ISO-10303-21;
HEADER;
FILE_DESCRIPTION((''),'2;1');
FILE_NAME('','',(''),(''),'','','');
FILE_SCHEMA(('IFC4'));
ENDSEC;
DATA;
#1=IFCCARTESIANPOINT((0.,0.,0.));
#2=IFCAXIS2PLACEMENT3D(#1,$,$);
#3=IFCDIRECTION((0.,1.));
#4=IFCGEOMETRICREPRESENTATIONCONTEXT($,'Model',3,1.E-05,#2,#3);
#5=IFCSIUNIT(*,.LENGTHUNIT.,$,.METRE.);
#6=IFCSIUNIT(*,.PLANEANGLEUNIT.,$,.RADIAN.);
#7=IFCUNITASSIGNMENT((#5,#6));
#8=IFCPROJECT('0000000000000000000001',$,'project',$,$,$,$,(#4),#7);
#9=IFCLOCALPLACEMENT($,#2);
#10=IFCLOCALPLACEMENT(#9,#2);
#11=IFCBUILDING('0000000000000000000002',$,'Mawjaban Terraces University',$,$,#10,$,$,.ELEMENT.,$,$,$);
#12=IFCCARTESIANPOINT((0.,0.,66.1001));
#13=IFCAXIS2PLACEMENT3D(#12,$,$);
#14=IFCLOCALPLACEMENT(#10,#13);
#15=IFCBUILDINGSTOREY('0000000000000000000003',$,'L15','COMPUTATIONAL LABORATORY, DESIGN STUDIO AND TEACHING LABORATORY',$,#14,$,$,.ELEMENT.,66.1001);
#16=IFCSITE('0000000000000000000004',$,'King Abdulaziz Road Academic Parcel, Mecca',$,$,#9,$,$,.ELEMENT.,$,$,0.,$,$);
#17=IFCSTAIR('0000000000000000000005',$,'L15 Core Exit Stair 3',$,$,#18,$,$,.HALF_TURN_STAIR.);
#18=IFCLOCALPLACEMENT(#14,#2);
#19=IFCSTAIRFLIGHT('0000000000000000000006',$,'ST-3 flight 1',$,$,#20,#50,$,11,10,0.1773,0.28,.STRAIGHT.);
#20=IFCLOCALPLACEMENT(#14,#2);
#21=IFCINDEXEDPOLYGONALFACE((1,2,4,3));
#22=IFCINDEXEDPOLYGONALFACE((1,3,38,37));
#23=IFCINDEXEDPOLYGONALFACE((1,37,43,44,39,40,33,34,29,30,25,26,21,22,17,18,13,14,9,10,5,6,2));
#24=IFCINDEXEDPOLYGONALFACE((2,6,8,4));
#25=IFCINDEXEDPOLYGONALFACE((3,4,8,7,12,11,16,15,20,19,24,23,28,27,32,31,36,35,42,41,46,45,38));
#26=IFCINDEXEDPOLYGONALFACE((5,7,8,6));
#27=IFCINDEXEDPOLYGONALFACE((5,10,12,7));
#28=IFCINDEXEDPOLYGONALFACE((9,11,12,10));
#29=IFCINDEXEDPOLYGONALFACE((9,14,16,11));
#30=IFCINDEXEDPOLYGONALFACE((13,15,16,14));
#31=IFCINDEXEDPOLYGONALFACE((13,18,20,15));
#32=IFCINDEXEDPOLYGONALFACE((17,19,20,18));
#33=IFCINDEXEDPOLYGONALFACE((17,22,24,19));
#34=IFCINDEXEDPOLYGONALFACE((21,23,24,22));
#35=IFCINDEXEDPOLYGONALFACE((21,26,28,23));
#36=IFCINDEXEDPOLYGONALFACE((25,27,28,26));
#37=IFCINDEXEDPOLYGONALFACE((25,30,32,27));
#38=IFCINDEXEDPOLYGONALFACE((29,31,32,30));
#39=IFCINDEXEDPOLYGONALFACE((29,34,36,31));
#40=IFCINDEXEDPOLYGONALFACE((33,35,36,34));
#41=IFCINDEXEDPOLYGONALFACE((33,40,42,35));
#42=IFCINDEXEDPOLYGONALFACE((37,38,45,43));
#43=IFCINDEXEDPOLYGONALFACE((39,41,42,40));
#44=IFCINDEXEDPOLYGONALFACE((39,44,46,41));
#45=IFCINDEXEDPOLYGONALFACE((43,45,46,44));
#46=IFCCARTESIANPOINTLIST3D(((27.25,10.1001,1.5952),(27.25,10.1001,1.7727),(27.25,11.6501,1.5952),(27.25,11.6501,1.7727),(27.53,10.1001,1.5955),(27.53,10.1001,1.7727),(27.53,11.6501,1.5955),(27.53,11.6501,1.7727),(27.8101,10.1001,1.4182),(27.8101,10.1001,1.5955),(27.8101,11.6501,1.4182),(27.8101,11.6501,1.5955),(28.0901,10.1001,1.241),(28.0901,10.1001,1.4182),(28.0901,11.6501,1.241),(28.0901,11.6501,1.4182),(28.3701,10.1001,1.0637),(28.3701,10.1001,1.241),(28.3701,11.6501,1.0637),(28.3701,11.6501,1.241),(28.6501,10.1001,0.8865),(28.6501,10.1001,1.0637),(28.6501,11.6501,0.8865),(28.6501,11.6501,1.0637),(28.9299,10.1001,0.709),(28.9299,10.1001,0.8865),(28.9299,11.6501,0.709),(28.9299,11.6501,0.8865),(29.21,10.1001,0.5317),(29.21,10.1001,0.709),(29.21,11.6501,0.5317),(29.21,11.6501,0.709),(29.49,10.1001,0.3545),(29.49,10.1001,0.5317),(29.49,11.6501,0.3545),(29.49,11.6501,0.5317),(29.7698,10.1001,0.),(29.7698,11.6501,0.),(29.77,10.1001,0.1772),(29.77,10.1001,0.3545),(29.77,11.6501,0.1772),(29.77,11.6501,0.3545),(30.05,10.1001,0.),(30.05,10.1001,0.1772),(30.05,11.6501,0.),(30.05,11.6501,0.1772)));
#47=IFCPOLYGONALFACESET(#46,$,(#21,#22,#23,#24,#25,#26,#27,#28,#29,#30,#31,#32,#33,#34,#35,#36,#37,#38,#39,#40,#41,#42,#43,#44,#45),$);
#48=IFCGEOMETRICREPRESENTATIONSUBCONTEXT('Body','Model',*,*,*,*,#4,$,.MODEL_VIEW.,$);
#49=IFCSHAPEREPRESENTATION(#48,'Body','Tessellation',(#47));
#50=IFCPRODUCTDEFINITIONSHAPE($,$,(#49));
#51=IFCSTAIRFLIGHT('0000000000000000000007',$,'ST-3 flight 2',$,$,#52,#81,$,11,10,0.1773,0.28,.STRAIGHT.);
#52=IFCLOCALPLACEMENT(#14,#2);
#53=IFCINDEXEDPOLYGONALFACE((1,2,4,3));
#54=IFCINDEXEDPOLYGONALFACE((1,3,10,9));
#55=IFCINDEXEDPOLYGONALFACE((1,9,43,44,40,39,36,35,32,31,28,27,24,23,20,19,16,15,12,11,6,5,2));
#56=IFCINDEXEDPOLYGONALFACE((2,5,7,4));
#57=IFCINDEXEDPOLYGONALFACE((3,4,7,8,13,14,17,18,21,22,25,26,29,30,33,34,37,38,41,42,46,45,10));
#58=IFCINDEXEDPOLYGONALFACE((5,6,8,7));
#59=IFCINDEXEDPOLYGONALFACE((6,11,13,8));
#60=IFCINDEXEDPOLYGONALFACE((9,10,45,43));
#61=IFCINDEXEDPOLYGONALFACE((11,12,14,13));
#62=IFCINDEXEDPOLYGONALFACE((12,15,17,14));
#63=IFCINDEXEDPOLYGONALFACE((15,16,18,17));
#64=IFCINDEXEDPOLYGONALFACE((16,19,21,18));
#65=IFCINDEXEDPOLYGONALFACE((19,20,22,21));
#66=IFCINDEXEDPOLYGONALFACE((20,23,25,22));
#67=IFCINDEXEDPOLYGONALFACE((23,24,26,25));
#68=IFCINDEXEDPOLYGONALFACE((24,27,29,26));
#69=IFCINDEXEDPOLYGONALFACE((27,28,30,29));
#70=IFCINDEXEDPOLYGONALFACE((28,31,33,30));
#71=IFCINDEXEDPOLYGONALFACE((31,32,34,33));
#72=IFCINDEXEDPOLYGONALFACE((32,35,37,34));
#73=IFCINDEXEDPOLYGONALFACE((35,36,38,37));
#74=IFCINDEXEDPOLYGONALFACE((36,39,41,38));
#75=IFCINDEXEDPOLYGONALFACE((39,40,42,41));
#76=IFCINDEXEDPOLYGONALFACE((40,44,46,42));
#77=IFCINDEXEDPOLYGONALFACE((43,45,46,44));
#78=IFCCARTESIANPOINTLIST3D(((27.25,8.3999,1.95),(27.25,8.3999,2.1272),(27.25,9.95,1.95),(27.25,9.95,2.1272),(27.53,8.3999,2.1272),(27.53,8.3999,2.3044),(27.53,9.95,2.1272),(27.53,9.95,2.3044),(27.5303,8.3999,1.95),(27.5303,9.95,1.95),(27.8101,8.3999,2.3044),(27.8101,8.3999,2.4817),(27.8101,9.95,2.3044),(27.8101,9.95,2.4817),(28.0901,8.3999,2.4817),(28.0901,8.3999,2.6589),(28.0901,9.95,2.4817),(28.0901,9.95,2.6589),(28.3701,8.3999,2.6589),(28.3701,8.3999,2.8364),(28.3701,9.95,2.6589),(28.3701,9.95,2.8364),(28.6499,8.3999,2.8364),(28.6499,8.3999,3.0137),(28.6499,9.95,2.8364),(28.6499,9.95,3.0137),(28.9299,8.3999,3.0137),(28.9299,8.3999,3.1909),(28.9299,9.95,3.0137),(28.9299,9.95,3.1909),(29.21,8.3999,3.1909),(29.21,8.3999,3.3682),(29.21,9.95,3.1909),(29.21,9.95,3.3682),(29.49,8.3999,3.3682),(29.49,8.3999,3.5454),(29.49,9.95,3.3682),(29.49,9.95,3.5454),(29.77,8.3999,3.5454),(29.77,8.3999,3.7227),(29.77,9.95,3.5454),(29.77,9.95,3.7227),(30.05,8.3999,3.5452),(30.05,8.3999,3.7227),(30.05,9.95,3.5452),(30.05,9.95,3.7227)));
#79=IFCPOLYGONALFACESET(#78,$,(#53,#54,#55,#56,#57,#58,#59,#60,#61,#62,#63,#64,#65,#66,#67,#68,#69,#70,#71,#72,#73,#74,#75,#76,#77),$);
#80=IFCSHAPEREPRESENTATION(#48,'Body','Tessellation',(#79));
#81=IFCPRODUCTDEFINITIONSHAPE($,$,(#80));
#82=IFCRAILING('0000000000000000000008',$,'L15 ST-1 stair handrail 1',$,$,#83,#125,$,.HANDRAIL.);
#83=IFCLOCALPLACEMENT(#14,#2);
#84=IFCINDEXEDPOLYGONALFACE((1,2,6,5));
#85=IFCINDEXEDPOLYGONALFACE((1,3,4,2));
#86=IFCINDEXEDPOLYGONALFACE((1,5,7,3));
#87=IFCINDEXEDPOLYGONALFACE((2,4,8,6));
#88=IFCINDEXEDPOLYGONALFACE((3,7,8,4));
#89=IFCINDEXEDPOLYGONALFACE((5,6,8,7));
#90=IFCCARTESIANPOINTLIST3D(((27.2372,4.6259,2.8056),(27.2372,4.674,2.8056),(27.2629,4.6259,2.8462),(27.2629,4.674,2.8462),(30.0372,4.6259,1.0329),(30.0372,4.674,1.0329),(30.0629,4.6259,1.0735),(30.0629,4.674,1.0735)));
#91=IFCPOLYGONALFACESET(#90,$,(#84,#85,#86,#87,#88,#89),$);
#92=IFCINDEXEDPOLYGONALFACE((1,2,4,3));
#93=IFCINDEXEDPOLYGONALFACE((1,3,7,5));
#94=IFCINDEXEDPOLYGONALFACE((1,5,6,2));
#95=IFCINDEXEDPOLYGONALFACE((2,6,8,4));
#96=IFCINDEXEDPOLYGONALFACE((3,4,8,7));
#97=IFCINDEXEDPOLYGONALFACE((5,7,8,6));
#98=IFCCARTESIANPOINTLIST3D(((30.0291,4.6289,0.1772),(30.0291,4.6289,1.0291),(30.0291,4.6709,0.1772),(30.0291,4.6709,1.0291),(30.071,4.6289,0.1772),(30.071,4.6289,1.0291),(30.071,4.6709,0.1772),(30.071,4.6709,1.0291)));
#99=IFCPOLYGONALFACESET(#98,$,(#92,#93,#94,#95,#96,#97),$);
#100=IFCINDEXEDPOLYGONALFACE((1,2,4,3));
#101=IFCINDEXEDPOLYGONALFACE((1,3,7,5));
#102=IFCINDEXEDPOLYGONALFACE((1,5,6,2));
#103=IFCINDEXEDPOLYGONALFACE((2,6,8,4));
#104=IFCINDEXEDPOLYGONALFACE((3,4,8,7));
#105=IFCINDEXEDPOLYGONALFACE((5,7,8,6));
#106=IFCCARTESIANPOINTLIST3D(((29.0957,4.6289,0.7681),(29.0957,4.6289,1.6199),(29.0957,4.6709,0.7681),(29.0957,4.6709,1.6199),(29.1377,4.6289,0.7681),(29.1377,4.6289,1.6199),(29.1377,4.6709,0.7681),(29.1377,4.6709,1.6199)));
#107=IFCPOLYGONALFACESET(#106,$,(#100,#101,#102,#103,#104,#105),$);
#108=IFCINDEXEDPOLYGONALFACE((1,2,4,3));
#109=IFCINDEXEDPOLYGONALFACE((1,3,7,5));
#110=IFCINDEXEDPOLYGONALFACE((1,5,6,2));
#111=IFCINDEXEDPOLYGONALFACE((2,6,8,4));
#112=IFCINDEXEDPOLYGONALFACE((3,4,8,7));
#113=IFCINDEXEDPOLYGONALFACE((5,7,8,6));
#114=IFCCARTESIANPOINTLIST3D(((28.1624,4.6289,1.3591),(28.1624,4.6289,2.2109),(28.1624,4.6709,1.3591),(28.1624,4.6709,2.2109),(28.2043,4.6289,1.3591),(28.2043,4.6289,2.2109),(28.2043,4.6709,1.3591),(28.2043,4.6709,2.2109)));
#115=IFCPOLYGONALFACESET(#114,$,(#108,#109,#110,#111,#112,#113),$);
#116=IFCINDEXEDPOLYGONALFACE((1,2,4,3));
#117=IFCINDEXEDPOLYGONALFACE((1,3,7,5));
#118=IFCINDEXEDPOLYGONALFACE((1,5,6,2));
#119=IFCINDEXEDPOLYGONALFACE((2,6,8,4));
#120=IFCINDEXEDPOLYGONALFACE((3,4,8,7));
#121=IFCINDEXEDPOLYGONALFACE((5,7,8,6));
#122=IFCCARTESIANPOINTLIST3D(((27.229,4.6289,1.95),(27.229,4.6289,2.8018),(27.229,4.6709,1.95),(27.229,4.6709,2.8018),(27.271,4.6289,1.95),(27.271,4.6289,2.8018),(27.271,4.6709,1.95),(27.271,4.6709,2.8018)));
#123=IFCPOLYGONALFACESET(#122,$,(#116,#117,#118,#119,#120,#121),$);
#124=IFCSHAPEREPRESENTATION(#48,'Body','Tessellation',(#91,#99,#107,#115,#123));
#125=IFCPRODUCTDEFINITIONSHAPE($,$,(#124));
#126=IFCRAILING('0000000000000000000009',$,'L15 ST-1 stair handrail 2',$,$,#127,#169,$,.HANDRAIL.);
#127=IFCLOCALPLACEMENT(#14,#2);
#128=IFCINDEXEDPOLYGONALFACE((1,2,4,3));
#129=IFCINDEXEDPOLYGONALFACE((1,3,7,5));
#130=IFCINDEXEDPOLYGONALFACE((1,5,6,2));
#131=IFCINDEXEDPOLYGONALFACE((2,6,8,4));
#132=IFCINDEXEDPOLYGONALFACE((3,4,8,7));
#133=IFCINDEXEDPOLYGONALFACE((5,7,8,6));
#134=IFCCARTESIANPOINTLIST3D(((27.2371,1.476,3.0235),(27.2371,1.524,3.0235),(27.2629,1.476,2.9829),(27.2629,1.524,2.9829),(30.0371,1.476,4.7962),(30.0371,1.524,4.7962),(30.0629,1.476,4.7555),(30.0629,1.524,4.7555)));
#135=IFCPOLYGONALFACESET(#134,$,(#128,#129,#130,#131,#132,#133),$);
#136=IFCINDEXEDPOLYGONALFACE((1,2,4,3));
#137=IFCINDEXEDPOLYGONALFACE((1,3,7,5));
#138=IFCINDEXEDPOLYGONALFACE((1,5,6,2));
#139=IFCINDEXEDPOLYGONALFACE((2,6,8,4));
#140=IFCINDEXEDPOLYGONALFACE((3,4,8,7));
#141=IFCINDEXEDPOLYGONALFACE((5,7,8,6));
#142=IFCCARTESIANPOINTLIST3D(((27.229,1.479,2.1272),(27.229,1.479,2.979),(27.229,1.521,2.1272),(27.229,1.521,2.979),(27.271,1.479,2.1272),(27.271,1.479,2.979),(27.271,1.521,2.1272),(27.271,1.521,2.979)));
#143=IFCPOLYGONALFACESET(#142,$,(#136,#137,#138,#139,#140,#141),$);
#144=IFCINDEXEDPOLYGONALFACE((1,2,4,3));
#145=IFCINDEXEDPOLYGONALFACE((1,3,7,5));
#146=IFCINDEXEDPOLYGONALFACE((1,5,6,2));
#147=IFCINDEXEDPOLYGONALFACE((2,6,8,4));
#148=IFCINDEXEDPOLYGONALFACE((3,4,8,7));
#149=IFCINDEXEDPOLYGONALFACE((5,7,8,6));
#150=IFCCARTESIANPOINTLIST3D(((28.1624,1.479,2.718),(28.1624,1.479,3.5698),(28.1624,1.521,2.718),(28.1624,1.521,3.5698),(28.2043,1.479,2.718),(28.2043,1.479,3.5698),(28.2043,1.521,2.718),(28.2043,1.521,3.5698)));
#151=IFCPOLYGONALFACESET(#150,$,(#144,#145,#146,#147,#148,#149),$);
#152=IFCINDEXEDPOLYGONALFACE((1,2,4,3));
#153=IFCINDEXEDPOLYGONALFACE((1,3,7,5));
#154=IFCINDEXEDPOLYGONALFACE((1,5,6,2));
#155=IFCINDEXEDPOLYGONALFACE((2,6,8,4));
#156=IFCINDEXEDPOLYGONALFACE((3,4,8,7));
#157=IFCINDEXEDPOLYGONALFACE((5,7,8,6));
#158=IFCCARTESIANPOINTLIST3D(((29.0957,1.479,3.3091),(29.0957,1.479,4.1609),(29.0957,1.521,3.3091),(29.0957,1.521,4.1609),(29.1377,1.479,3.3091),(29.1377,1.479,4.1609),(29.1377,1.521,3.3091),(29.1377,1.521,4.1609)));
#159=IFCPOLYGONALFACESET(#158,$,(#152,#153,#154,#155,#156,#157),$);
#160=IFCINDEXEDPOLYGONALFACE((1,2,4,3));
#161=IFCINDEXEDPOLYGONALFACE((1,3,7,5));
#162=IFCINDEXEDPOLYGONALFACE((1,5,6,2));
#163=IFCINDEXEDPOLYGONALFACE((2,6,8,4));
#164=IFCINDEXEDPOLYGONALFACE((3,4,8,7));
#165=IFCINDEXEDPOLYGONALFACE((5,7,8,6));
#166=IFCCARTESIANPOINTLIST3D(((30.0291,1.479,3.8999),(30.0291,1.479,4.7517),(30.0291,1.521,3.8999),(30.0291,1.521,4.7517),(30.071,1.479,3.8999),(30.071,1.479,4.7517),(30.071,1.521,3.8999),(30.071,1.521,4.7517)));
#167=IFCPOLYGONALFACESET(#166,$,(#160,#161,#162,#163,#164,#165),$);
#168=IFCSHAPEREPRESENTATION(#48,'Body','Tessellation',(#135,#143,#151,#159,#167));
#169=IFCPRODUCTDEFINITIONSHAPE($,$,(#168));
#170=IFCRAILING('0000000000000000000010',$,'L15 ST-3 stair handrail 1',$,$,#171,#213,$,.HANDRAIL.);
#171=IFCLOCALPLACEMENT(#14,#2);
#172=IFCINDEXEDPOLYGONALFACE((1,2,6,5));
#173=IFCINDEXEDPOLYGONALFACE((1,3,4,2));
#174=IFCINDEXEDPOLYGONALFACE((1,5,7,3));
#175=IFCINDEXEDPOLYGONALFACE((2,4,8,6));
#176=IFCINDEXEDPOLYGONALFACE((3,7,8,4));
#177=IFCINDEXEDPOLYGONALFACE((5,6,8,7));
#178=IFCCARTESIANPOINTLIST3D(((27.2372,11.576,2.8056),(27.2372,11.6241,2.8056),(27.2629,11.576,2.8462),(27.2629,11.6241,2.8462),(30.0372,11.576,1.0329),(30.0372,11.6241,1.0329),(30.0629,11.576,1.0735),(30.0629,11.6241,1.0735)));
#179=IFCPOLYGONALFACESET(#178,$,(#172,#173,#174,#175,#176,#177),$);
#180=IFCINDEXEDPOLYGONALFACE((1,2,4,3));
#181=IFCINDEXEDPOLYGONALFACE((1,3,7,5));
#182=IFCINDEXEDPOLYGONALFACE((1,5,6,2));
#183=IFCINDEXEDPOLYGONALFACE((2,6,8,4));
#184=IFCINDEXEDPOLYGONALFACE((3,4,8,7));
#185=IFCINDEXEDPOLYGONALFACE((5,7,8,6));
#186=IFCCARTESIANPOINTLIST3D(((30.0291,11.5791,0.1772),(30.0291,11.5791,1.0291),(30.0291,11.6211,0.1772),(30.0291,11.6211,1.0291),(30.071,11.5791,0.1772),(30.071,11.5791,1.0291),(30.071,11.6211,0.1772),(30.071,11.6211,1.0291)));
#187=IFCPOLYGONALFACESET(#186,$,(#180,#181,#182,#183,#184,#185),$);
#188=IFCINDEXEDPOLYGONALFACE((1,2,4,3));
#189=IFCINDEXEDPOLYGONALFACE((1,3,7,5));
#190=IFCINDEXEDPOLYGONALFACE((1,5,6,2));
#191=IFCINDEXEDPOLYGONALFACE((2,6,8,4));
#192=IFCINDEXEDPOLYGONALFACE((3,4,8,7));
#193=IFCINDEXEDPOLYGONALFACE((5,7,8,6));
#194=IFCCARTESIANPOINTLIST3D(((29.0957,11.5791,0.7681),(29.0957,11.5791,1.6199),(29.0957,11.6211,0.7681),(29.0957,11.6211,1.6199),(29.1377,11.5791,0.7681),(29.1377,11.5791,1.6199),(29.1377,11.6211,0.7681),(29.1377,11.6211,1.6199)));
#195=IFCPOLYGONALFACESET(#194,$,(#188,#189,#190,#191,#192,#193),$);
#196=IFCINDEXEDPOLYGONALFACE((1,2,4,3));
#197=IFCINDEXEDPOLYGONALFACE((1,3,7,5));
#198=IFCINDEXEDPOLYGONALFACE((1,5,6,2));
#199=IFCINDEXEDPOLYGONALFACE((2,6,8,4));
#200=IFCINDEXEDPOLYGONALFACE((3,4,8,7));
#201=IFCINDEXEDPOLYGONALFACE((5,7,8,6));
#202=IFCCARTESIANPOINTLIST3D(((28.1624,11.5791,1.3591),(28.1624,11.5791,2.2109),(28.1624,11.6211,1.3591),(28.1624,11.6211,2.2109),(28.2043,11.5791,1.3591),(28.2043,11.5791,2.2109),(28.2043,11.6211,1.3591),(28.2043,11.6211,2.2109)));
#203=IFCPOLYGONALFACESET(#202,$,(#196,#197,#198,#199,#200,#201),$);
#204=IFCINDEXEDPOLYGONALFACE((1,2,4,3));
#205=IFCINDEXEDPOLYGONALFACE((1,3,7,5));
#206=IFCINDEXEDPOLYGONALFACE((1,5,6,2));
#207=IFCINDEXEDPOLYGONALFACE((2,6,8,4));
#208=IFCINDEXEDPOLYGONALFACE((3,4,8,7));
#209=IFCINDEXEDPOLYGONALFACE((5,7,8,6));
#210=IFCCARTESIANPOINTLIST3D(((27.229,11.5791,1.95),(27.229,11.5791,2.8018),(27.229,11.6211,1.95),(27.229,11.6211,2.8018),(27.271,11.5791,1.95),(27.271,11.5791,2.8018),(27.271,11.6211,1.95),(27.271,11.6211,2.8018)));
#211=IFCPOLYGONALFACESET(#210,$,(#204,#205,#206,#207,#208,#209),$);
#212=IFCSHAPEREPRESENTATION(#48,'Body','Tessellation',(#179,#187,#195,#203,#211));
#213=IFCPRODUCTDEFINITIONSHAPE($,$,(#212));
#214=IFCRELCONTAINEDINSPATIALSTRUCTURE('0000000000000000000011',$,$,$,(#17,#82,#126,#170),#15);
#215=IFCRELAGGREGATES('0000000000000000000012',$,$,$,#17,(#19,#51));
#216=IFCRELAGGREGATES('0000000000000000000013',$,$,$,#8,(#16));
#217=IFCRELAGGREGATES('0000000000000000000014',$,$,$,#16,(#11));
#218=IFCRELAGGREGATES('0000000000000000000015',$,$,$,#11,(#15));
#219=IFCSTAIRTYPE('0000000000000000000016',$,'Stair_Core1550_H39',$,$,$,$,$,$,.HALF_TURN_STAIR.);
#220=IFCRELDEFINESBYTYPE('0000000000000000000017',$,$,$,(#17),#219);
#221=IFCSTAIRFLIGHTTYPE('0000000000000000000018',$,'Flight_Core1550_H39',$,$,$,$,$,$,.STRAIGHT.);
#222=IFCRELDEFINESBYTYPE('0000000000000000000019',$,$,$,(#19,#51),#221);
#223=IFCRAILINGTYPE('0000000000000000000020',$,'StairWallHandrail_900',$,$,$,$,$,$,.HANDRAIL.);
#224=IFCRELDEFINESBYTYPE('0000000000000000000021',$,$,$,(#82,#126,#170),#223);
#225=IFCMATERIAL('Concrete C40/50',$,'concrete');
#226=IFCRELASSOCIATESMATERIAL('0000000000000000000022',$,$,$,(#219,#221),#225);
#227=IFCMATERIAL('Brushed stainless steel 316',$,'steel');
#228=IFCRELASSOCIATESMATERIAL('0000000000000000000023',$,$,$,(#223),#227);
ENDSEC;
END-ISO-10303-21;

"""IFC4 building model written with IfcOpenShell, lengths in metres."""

from ifc_helpers import new_model, si_unit, direction, frame, origin, origin_2d, place, context, subcontext, project, spatial, polyline, rectangle, outline, extrude, material, type_object, element, aggregate, save


model = new_model("IFC4")

# Units and contexts
model_context = context("Model", 3, precision=1e-05, world=origin(), true_north=direction((0.0, 1.0)))
body_context = subcontext(model_context, "Body", "Model", "MODEL_VIEW")
ifc_project = project(units=[si_unit("LENGTHUNIT", "METRE"), si_unit("PLANEANGLEUNIT", "RADIAN")], contexts=[model_context])

# Site, building, storey
site_placement = place(None, origin())
site = spatial("IfcSite", under=ifc_project, at=site_placement, Name="King Abdulaziz Road Academic Parcel, Mecca", CompositionType="ELEMENT", RefElevation=0.0)
building_placement = place(site_placement, origin())
building = spatial("IfcBuilding", under=site, at=building_placement, Name="Mawjaban Terraces University", CompositionType="ELEMENT")
storey_placement = place(building_placement, frame((0.0, 0.0, 66.1001)))
storey = spatial("IfcBuildingStorey", under=building, at=storey_placement, Name="L15", Description="COMPUTATIONAL LABORATORY, DESIGN STUDIO AND TEACHING LABORATORY", CompositionType="ELEMENT", Elevation=66.1001)

# Stair, stair flights
ifc_material_1 = material(Name="Concrete C40/50", Category="concrete")
stair_type = type_object("IfcStairType", Name="Stair_Core1550_H39", PredefinedType="HALF_TURN_STAIR", material=ifc_material_1)
stair_flight_type = type_object("IfcStairFlightType", Name="Flight_Core1550_H39", PredefinedType="STRAIGHT", material=ifc_material_1)
stair_1_placement = place(storey_placement, origin())
stair_1 = element("IfcStair", 1, at=stair_1_placement, inside=storey, type_object=stair_type, Name="L15 Core Exit Stair 3", PredefinedType="HALF_TURN_STAIR")
stair_flight_1_placement = place(storey_placement, frame((30.05, 10.875, 0.0), z_axis=(0.0, 0.0, 1.0), x_axis=(-1.0, 0.0, 0.0)))
stair_flight_1 = element("IfcStairFlight", 2, at=stair_flight_1_placement, type_object=stair_flight_type, Name="ST-3 flight 1", NumberOfRisers=11, NumberOfTreads=10, PredefinedType="STRAIGHT", RiserHeight=0.1773, TreadLength=0.28, context=body_context, shape_type="SweptSolid", body=[
    extrude(outline(polyline([(0.0, 0.0), (0.0, 0.1772), (0.28, 0.1772), (0.28, 0.3545), (0.5601, 0.3545), (0.5601, 0.5317), (0.8401, 0.5317), (0.8401, 0.709), (1.1201, 0.709), (1.1201, 0.8865), (1.3999, 0.8865), (1.3999, 1.0637), (1.6799, 1.0637), (1.6799, 1.241), (1.96, 1.241), (1.96, 1.4182), (2.24, 1.4182), (2.24, 1.5955), (2.52, 1.5955), (2.52, 1.7727), (2.8, 1.7727), (2.8, 1.95), (2.8, 1.5952), (0.2803, 0.0), (0.0, 0.0)])), frame((0.0, 0.7749, 0.0), z_axis=(0.0, -1.0, 0.0), x_axis=(1.0, 0.0, 0.0)), (0.0, 0.0, 1.0), 1.55),
])
stair_flight_2_placement = place(storey_placement, frame((27.25, 9.175, 1.95), z_axis=(0.0, 0.0, 1.0), x_axis=(1.0, 0.0, 0.0)))
stair_flight_2 = element("IfcStairFlight", 3, at=stair_flight_2_placement, type_object=stair_flight_type, Name="ST-3 flight 2", NumberOfRisers=11, NumberOfTreads=10, PredefinedType="STRAIGHT", RiserHeight=0.1773, TreadLength=0.28, context=body_context, shape_type="SweptSolid", body=[
    extrude(outline(polyline([(0.0, 0.0), (0.0, 0.1772), (0.28, 0.1772), (0.28, 0.3545), (0.5601, 0.3545), (0.5601, 0.5317), (0.8401, 0.5317), (0.8401, 0.709), (1.1201, 0.709), (1.1201, 0.8865), (1.3999, 0.8865), (1.3999, 1.0637), (1.6799, 1.0637), (1.6799, 1.241), (1.96, 1.241), (1.96, 1.4182), (2.24, 1.4182), (2.24, 1.5955), (2.52, 1.5955), (2.52, 1.7727), (2.8, 1.7727), (2.8, 1.95), (2.8, 1.5952), (0.2803, 0.0), (0.0, 0.0)])), frame((0.0, 0.7749, 0.0), z_axis=(0.0, -1.0, 0.0), x_axis=(1.0, 0.0, 0.0)), (0.0, 0.0, 1.0), 1.55),
])
aggregate(stair_1, [stair_flight_1, stair_flight_2])

# Railings
ifc_material_2 = material(Name="Brushed stainless steel 316", Category="steel")
railing_type_1 = type_object("IfcRailingType", Name="StairWallHandrail_900", PredefinedType="HANDRAIL", material=ifc_material_2)
railing_1_placement = place(storey_placement, frame((30.05, 4.6499, 0.1772)))
element("IfcRailing", 4, at=railing_1_placement, inside=storey, type_object=railing_type_1, Name="L15 ST-1 stair handrail 1", PredefinedType="HANDRAIL", context=body_context, shape_type="SweptSolid", body=[
    extrude(rectangle(XDim=0.0481, YDim=0.0481, at=origin_2d()), frame((0.0, 0.0, 0.876), z_axis=(-0.844909, 0.0, 0.53491), x_axis=(0.0, -1.0, 0.0)), (0.0, 0.0, 1.0), 3.314),
    extrude(rectangle(XDim=0.042, YDim=0.042, at=origin_2d()), origin(), (0.0, 0.0, 1.0), 0.8518),
    extrude(rectangle(XDim=0.042, YDim=0.042, at=origin_2d()), frame((-0.9333, 0.0, 0.5908)), (0.0, 0.0, 1.0), 0.8518),
    extrude(rectangle(XDim=0.042, YDim=0.042, at=origin_2d()), frame((-1.8667, 0.0, 1.1819)), (0.0, 0.0, 1.0), 0.8518),
    extrude(rectangle(XDim=0.042, YDim=0.042, at=origin_2d()), frame((-2.8, 0.0, 1.7727)), (0.0, 0.0, 1.0), 0.8518),
])
railing_2_placement = place(storey_placement, frame((27.25, 1.5, 2.1272)))
element("IfcRailing", 5, at=railing_2_placement, inside=storey, type_object=railing_type_1, Name="L15 ST-1 stair handrail 2", PredefinedType="HANDRAIL", context=body_context, shape_type="SweptSolid", body=[
    extrude(rectangle(XDim=0.0481, YDim=0.0481, at=origin_2d()), frame((0.0, 0.0, 0.876), z_axis=(0.844909, 0.0, 0.53491), x_axis=(0.0, 1.0, 0.0)), (0.0, 0.0, 1.0), 3.314),
    extrude(rectangle(XDim=0.042, YDim=0.042, at=origin_2d()), origin(), (0.0, 0.0, 1.0), 0.8518),
    extrude(rectangle(XDim=0.042, YDim=0.042, at=origin_2d()), frame((0.9333, 0.0, 0.5908)), (0.0, 0.0, 1.0), 0.8518),
    extrude(rectangle(XDim=0.042, YDim=0.042, at=origin_2d()), frame((1.8667, 0.0, 1.1819)), (0.0, 0.0, 1.0), 0.8518),
    extrude(rectangle(XDim=0.042, YDim=0.042, at=origin_2d()), frame((2.8, 0.0, 1.7727)), (0.0, 0.0, 1.0), 0.8518),
])
railing_3_placement = place(storey_placement, frame((30.05, 11.6001, 0.1772)))
element("IfcRailing", 6, at=railing_3_placement, inside=storey, type_object=railing_type_1, Name="L15 ST-3 stair handrail 1", PredefinedType="HANDRAIL", context=body_context, shape_type="SweptSolid", body=[
    extrude(rectangle(XDim=0.0481, YDim=0.0481, at=origin_2d()), frame((0.0, 0.0, 0.876), z_axis=(-0.844909, 0.0, 0.53491), x_axis=(0.0, -1.0, 0.0)), (0.0, 0.0, 1.0), 3.314),
    extrude(rectangle(XDim=0.042, YDim=0.042, at=origin_2d()), origin(), (0.0, 0.0, 1.0), 0.8518),
    extrude(rectangle(XDim=0.042, YDim=0.042, at=origin_2d()), frame((-0.9333, 0.0, 0.5908)), (0.0, 0.0, 1.0), 0.8518),
    extrude(rectangle(XDim=0.042, YDim=0.042, at=origin_2d()), frame((-1.8667, 0.0, 1.1819)), (0.0, 0.0, 1.0), 0.8518),
    extrude(rectangle(XDim=0.042, YDim=0.042, at=origin_2d()), frame((-2.8, 0.0, 1.7727)), (0.0, 0.0, 1.0), 0.8518),
])

save(model, "model.ifc")
